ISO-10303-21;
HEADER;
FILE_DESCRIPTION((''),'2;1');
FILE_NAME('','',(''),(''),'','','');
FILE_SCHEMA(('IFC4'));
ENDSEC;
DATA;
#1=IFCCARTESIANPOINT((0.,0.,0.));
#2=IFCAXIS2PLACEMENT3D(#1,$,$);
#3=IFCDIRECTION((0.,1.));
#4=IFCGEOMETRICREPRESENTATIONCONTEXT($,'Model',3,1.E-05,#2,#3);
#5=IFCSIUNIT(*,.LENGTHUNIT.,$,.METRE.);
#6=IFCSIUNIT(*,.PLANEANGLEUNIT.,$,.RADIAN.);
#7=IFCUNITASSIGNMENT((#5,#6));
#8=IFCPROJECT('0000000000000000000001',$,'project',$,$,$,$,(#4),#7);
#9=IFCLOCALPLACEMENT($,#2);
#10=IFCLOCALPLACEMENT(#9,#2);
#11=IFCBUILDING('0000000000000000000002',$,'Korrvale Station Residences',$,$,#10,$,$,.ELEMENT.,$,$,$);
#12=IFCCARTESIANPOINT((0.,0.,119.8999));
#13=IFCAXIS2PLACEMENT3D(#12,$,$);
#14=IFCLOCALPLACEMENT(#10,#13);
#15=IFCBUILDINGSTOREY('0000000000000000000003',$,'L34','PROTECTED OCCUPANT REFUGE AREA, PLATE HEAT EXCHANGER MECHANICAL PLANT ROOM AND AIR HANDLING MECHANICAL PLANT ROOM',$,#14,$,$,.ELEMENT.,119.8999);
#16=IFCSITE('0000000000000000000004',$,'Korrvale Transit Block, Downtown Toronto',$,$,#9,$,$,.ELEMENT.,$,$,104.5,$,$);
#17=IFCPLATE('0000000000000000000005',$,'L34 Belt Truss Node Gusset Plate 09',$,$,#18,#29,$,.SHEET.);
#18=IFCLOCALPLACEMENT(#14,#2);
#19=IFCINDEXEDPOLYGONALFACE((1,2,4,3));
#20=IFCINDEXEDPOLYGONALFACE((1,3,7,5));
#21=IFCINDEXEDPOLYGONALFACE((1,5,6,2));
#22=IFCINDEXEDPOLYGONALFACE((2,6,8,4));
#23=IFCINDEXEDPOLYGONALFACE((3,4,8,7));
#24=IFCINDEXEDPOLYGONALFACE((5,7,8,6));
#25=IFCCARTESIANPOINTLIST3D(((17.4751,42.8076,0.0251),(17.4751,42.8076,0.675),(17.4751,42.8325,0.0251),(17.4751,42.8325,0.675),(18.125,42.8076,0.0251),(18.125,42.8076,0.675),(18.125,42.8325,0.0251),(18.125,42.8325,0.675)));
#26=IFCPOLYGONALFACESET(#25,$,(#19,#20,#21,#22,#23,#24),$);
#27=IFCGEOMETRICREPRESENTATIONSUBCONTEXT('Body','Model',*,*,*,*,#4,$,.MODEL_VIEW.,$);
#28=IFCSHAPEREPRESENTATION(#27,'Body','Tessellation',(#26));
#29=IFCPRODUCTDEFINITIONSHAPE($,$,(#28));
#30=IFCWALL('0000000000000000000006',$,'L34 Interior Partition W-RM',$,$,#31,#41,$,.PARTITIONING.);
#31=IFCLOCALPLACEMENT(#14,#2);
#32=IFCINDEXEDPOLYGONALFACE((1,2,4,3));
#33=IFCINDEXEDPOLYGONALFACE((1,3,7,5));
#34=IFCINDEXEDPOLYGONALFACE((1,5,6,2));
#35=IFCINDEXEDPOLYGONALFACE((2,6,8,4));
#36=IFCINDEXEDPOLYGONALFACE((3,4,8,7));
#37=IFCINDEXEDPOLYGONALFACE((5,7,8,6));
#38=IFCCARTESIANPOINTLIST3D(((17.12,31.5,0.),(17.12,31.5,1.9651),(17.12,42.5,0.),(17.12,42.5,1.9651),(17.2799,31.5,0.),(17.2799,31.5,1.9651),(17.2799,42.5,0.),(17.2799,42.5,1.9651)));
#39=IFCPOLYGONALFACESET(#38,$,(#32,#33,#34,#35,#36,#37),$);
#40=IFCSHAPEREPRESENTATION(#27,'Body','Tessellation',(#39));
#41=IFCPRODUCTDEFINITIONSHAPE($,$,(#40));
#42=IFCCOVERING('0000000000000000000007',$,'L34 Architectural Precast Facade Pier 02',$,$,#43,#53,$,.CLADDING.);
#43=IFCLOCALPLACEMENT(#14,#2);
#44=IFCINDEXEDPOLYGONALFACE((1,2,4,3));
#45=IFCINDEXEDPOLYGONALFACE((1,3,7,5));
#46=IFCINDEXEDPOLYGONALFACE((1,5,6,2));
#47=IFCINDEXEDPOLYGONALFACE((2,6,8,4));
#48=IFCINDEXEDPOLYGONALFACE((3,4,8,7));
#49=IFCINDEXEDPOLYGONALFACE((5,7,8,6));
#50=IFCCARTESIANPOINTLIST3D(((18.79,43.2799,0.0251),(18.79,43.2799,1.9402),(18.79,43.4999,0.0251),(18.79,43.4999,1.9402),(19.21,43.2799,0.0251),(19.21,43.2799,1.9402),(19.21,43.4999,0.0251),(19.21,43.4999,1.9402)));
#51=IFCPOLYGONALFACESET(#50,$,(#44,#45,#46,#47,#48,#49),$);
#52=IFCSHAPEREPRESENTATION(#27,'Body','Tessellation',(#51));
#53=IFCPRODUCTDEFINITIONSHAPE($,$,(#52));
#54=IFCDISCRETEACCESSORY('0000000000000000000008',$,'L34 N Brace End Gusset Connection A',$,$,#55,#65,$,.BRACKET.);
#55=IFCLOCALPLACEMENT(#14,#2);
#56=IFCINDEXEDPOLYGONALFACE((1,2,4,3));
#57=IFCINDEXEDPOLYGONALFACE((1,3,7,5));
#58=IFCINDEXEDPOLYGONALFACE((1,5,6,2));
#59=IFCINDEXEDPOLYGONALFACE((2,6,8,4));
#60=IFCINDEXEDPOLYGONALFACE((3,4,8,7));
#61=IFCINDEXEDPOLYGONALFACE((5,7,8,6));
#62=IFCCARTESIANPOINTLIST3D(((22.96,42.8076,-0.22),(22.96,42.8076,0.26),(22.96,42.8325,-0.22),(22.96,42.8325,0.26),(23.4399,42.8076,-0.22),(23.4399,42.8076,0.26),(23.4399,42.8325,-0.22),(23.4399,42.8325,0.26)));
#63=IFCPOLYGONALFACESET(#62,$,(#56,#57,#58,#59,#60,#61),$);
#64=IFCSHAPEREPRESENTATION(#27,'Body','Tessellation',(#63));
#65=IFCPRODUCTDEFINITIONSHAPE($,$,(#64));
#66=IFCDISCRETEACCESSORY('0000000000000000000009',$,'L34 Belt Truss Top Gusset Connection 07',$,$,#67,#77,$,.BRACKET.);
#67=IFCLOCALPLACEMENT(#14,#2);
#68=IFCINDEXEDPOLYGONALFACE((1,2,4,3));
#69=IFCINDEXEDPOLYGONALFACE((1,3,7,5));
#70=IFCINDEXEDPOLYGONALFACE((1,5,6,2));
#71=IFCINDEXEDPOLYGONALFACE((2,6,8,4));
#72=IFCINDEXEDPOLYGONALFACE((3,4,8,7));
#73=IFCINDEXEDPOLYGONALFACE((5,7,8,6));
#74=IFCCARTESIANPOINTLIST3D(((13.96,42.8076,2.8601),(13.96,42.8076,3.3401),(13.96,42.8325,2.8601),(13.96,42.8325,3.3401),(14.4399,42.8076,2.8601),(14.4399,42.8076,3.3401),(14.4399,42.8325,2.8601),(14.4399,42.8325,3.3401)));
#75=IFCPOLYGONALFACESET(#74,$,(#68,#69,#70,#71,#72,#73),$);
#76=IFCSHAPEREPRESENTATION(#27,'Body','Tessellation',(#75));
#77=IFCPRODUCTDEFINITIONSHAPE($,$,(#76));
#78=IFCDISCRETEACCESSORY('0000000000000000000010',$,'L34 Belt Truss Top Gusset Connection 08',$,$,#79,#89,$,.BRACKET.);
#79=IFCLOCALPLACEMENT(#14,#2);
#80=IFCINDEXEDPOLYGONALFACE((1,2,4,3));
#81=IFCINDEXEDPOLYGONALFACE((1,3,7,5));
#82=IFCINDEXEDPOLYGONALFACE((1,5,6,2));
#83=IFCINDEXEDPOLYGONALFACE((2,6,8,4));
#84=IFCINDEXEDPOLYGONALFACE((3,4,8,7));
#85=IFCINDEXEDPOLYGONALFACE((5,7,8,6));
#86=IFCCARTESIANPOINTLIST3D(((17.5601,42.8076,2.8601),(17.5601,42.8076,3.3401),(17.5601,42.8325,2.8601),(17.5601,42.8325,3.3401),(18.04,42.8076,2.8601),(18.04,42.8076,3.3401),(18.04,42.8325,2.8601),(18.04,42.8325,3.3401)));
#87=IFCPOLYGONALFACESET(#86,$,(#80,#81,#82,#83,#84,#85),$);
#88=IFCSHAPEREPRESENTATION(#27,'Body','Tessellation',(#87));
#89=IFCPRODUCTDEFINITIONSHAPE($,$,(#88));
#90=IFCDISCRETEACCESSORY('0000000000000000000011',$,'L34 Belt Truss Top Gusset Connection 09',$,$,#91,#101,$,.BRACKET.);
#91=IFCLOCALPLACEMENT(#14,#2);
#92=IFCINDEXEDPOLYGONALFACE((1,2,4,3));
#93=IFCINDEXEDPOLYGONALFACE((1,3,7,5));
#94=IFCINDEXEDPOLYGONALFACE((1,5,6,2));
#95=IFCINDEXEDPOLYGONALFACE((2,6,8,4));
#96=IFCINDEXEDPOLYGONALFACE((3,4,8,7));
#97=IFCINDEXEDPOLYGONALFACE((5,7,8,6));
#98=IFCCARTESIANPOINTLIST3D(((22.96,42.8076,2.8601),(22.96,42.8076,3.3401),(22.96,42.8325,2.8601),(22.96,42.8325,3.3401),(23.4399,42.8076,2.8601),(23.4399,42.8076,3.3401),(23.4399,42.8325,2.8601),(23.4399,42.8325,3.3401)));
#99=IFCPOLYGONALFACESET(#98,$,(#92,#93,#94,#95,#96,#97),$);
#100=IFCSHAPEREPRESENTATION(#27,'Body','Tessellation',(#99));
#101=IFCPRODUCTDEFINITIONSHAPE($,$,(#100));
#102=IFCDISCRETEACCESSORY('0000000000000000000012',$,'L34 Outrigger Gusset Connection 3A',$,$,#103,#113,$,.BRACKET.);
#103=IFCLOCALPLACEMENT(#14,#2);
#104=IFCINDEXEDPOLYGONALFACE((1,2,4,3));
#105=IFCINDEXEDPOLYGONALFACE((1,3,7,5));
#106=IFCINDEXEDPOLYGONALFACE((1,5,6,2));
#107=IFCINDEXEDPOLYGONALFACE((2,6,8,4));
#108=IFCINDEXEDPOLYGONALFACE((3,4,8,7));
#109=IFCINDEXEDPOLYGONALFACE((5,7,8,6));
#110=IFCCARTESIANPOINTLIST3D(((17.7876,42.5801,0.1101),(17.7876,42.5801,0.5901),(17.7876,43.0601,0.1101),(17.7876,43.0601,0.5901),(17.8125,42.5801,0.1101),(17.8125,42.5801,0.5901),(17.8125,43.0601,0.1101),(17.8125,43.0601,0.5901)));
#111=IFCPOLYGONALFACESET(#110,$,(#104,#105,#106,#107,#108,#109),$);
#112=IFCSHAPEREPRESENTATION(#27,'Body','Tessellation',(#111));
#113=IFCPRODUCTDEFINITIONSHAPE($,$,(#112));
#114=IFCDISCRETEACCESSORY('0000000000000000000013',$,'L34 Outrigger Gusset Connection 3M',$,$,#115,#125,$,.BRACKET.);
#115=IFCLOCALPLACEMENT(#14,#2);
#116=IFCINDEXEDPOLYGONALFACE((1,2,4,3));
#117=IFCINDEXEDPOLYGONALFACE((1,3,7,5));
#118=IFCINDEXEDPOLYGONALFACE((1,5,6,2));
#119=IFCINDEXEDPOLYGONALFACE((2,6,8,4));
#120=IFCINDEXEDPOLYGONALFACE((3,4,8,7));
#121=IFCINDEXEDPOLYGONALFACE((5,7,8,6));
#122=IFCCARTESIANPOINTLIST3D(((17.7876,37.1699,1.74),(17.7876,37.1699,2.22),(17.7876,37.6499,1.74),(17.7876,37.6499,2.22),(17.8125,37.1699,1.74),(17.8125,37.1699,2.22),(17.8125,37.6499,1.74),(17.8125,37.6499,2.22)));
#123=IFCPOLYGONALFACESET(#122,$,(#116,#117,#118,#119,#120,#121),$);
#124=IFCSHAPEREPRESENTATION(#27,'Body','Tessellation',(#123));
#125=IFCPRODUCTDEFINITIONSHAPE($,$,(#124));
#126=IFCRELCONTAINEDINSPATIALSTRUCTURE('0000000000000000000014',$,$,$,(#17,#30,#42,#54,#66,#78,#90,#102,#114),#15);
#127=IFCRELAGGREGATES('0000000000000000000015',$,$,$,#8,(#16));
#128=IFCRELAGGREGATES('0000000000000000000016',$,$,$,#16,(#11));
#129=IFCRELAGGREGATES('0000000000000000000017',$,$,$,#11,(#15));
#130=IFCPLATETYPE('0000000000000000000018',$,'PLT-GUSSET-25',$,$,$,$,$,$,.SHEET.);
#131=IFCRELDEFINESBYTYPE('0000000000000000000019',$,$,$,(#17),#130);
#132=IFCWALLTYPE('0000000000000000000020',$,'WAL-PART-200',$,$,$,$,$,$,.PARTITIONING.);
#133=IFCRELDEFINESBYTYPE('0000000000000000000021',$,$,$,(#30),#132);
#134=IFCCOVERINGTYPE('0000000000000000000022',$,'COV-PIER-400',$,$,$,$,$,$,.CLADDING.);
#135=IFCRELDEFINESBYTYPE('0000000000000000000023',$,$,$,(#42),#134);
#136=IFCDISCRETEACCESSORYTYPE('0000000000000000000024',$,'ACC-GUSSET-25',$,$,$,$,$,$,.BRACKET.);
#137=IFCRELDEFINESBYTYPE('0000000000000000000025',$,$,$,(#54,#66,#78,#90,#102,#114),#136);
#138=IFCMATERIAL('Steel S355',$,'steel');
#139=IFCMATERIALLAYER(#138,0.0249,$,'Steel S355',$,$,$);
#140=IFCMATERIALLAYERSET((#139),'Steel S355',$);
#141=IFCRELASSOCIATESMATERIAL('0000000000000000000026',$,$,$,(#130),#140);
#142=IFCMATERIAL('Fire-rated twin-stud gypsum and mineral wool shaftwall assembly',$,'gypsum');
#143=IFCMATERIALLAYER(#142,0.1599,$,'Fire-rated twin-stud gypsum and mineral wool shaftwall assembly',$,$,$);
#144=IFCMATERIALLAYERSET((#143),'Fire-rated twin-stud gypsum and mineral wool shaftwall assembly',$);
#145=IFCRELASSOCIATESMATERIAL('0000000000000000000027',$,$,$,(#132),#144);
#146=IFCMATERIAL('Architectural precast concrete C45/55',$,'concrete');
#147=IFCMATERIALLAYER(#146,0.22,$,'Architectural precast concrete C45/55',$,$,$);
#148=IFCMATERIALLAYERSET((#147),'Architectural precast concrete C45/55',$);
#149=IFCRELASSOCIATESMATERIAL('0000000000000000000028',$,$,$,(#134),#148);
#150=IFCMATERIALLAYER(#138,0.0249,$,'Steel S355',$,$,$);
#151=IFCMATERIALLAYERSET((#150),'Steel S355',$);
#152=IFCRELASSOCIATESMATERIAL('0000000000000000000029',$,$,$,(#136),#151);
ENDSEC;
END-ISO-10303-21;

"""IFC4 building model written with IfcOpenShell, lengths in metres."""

from ifc_helpers import new_model, si_unit, direction, frame, frame_2d, origin, origin_2d, place, context, subcontext, project, spatial, rectangle, extrude, material, layer, layer_set, type_object, element, save


model = new_model("IFC4")

# Units and contexts
model_context = context("Model", 3, precision=1e-05, world=origin(), true_north=direction((0.0, 1.0)))
body_context = subcontext(model_context, "Body", "Model", "MODEL_VIEW")
ifc_project = project(units=[si_unit("LENGTHUNIT", "METRE"), si_unit("PLANEANGLEUNIT", "RADIAN")], contexts=[model_context])

# Site, building, storey
site_placement = place(None, origin())
site = spatial("IfcSite", under=ifc_project, at=site_placement, Name="Korrvale Transit Block, Downtown Toronto", CompositionType="ELEMENT", RefElevation=104.5)
building_placement = place(site_placement, origin())
building = spatial("IfcBuilding", under=site, at=building_placement, Name="Korrvale Station Residences", CompositionType="ELEMENT")
storey_placement = place(building_placement, frame((0.0, 0.0, 119.8999)))
storey = spatial("IfcBuildingStorey", under=building, at=storey_placement, Name="L34", Description="PROTECTED OCCUPANT REFUGE AREA, PLATE HEAT EXCHANGER MECHANICAL PLANT ROOM AND AIR HANDLING MECHANICAL PLANT ROOM", CompositionType="ELEMENT", Elevation=119.8999)

# Shared definitions
ifc_material_1 = material(Name="Steel S355", Category="steel")

# Plate
ifc_layer_1 = layer(ifc_material_1, 0.0249, Name="Steel S355")
ifc_layer_set_1 = layer_set([ifc_layer_1], Name="Steel S355")
plate_type_1 = type_object("IfcPlateType", Name="PLT-GUSSET-25", PredefinedType="SHEET", material=ifc_layer_set_1)
for number, where, z_axis, x_axis, name in (
    (1, (17.8, 42.8201, 0.0251), (0.0, 0.0, 1.0), (1.0, 0.0, 0.0), "L34 Belt Truss Node Gusset Plate 09"),
):
    element("IfcPlate", number, at=place(storey_placement, frame(where, z_axis=z_axis, x_axis=x_axis)), inside=storey, type_object=plate_type_1, Name=name, PredefinedType="SHEET", context=body_context, shape_type="SweptSolid", body=[
        extrude(rectangle(XDim=0.6499, YDim=0.0249, at=origin_2d()), origin(), (0.0, 0.0, 1.0), 0.6499),
    ])

# Wall
ifc_material_2 = material(Name="Fire-rated twin-stud gypsum and mineral wool shaftwall assembly", Category="gypsum")
ifc_layer_2 = layer(ifc_material_2, 0.1599, Name="Fire-rated twin-stud gypsum and mineral wool shaftwall assembly")
ifc_layer_set_2 = layer_set([ifc_layer_2], Name="Fire-rated twin-stud gypsum and mineral wool shaftwall assembly")
wall_type = type_object("IfcWallType", Name="WAL-PART-200", PredefinedType="PARTITIONING", material=ifc_layer_set_2)
wall_placement = place(storey_placement, frame((17.2, 31.5, 0.0), z_axis=(0.0, 0.0, 1.0), x_axis=(0.0, 1.0, 0.0)))
element("IfcWall", 2, at=wall_placement, inside=storey, type_object=wall_type, Name="L34 Interior Partition W-RM", PredefinedType="PARTITIONING", context=body_context, shape_type="SweptSolid", body=[
    extrude(rectangle(XDim=11.0, YDim=0.1599, at=frame_2d((5.5, 0.0))), origin(), (0.0, 0.0, 1.0), 1.9651),
])

# Covering
ifc_material_3 = material(Name="Architectural precast concrete C45/55", Category="concrete")
ifc_layer_3 = layer(ifc_material_3, 0.22, Name="Architectural precast concrete C45/55")
ifc_layer_set_3 = layer_set([ifc_layer_3], Name="Architectural precast concrete C45/55")
covering_type = type_object("IfcCoveringType", Name="COV-PIER-400", PredefinedType="CLADDING", material=ifc_layer_set_3)
covering_placement = place(storey_placement, frame((19.0, 43.3899, 0.0251), z_axis=(0.0, 0.0, 1.0), x_axis=(1.0, 0.0, 0.0)))
element("IfcCovering", 3, at=covering_placement, inside=storey, type_object=covering_type, Name="L34 Architectural Precast Facade Pier 02", PredefinedType="CLADDING", context=body_context, shape_type="SweptSolid", body=[
    extrude(rectangle(XDim=0.4199, YDim=0.22, at=origin_2d()), origin(), (0.0, 0.0, 1.0), 1.915),
])

# Discrete accessories
ifc_layer_4 = layer(ifc_material_1, 0.0249, Name="Steel S355")
ifc_layer_set_4 = layer_set([ifc_layer_4], Name="Steel S355")
discrete_accessory_type = type_object("IfcDiscreteAccessoryType", Name="ACC-GUSSET-25", PredefinedType="BRACKET", material=ifc_layer_set_4)
for number, where, z_axis, x_axis, name in (
    (4, (23.2, 42.8201, -0.22), (0.0, 0.0, 1.0), (1.0, 0.0, 0.0), "L34 N Brace End Gusset Connection A"),
    (5, (14.2, 42.8201, 2.8601), (0.0, 0.0, 1.0), (1.0, 0.0, 0.0), "L34 Belt Truss Top Gusset Connection 07"),
    (6, (17.8, 42.8201, 2.8601), (0.0, 0.0, 1.0), (1.0, 0.0, 0.0), "L34 Belt Truss Top Gusset Connection 08"),
    (7, (23.2, 42.8201, 2.8601), (0.0, 0.0, 1.0), (1.0, 0.0, 0.0), "L34 Belt Truss Top Gusset Connection 09"),
    (8, (17.8, 42.8201, 0.1101), (0.0, 0.0, 1.0), (0.0, 1.0, 0.0), "L34 Outrigger Gusset Connection 3A"),
    (9, (17.8, 37.4099, 1.74), (0.0, 0.0, 1.0), (0.0, 1.0, 0.0), "L34 Outrigger Gusset Connection 3M"),
):
    element("IfcDiscreteAccessory", number, at=place(storey_placement, frame(where, z_axis=z_axis, x_axis=x_axis)), inside=storey, type_object=discrete_accessory_type, Name=name, PredefinedType="BRACKET", context=body_context, shape_type="SweptSolid", body=[
        extrude(rectangle(XDim=0.48, YDim=0.0249, at=origin_2d()), origin(), (0.0, 0.0, 1.0), 0.48),
    ])

save(model, "model.ifc")
